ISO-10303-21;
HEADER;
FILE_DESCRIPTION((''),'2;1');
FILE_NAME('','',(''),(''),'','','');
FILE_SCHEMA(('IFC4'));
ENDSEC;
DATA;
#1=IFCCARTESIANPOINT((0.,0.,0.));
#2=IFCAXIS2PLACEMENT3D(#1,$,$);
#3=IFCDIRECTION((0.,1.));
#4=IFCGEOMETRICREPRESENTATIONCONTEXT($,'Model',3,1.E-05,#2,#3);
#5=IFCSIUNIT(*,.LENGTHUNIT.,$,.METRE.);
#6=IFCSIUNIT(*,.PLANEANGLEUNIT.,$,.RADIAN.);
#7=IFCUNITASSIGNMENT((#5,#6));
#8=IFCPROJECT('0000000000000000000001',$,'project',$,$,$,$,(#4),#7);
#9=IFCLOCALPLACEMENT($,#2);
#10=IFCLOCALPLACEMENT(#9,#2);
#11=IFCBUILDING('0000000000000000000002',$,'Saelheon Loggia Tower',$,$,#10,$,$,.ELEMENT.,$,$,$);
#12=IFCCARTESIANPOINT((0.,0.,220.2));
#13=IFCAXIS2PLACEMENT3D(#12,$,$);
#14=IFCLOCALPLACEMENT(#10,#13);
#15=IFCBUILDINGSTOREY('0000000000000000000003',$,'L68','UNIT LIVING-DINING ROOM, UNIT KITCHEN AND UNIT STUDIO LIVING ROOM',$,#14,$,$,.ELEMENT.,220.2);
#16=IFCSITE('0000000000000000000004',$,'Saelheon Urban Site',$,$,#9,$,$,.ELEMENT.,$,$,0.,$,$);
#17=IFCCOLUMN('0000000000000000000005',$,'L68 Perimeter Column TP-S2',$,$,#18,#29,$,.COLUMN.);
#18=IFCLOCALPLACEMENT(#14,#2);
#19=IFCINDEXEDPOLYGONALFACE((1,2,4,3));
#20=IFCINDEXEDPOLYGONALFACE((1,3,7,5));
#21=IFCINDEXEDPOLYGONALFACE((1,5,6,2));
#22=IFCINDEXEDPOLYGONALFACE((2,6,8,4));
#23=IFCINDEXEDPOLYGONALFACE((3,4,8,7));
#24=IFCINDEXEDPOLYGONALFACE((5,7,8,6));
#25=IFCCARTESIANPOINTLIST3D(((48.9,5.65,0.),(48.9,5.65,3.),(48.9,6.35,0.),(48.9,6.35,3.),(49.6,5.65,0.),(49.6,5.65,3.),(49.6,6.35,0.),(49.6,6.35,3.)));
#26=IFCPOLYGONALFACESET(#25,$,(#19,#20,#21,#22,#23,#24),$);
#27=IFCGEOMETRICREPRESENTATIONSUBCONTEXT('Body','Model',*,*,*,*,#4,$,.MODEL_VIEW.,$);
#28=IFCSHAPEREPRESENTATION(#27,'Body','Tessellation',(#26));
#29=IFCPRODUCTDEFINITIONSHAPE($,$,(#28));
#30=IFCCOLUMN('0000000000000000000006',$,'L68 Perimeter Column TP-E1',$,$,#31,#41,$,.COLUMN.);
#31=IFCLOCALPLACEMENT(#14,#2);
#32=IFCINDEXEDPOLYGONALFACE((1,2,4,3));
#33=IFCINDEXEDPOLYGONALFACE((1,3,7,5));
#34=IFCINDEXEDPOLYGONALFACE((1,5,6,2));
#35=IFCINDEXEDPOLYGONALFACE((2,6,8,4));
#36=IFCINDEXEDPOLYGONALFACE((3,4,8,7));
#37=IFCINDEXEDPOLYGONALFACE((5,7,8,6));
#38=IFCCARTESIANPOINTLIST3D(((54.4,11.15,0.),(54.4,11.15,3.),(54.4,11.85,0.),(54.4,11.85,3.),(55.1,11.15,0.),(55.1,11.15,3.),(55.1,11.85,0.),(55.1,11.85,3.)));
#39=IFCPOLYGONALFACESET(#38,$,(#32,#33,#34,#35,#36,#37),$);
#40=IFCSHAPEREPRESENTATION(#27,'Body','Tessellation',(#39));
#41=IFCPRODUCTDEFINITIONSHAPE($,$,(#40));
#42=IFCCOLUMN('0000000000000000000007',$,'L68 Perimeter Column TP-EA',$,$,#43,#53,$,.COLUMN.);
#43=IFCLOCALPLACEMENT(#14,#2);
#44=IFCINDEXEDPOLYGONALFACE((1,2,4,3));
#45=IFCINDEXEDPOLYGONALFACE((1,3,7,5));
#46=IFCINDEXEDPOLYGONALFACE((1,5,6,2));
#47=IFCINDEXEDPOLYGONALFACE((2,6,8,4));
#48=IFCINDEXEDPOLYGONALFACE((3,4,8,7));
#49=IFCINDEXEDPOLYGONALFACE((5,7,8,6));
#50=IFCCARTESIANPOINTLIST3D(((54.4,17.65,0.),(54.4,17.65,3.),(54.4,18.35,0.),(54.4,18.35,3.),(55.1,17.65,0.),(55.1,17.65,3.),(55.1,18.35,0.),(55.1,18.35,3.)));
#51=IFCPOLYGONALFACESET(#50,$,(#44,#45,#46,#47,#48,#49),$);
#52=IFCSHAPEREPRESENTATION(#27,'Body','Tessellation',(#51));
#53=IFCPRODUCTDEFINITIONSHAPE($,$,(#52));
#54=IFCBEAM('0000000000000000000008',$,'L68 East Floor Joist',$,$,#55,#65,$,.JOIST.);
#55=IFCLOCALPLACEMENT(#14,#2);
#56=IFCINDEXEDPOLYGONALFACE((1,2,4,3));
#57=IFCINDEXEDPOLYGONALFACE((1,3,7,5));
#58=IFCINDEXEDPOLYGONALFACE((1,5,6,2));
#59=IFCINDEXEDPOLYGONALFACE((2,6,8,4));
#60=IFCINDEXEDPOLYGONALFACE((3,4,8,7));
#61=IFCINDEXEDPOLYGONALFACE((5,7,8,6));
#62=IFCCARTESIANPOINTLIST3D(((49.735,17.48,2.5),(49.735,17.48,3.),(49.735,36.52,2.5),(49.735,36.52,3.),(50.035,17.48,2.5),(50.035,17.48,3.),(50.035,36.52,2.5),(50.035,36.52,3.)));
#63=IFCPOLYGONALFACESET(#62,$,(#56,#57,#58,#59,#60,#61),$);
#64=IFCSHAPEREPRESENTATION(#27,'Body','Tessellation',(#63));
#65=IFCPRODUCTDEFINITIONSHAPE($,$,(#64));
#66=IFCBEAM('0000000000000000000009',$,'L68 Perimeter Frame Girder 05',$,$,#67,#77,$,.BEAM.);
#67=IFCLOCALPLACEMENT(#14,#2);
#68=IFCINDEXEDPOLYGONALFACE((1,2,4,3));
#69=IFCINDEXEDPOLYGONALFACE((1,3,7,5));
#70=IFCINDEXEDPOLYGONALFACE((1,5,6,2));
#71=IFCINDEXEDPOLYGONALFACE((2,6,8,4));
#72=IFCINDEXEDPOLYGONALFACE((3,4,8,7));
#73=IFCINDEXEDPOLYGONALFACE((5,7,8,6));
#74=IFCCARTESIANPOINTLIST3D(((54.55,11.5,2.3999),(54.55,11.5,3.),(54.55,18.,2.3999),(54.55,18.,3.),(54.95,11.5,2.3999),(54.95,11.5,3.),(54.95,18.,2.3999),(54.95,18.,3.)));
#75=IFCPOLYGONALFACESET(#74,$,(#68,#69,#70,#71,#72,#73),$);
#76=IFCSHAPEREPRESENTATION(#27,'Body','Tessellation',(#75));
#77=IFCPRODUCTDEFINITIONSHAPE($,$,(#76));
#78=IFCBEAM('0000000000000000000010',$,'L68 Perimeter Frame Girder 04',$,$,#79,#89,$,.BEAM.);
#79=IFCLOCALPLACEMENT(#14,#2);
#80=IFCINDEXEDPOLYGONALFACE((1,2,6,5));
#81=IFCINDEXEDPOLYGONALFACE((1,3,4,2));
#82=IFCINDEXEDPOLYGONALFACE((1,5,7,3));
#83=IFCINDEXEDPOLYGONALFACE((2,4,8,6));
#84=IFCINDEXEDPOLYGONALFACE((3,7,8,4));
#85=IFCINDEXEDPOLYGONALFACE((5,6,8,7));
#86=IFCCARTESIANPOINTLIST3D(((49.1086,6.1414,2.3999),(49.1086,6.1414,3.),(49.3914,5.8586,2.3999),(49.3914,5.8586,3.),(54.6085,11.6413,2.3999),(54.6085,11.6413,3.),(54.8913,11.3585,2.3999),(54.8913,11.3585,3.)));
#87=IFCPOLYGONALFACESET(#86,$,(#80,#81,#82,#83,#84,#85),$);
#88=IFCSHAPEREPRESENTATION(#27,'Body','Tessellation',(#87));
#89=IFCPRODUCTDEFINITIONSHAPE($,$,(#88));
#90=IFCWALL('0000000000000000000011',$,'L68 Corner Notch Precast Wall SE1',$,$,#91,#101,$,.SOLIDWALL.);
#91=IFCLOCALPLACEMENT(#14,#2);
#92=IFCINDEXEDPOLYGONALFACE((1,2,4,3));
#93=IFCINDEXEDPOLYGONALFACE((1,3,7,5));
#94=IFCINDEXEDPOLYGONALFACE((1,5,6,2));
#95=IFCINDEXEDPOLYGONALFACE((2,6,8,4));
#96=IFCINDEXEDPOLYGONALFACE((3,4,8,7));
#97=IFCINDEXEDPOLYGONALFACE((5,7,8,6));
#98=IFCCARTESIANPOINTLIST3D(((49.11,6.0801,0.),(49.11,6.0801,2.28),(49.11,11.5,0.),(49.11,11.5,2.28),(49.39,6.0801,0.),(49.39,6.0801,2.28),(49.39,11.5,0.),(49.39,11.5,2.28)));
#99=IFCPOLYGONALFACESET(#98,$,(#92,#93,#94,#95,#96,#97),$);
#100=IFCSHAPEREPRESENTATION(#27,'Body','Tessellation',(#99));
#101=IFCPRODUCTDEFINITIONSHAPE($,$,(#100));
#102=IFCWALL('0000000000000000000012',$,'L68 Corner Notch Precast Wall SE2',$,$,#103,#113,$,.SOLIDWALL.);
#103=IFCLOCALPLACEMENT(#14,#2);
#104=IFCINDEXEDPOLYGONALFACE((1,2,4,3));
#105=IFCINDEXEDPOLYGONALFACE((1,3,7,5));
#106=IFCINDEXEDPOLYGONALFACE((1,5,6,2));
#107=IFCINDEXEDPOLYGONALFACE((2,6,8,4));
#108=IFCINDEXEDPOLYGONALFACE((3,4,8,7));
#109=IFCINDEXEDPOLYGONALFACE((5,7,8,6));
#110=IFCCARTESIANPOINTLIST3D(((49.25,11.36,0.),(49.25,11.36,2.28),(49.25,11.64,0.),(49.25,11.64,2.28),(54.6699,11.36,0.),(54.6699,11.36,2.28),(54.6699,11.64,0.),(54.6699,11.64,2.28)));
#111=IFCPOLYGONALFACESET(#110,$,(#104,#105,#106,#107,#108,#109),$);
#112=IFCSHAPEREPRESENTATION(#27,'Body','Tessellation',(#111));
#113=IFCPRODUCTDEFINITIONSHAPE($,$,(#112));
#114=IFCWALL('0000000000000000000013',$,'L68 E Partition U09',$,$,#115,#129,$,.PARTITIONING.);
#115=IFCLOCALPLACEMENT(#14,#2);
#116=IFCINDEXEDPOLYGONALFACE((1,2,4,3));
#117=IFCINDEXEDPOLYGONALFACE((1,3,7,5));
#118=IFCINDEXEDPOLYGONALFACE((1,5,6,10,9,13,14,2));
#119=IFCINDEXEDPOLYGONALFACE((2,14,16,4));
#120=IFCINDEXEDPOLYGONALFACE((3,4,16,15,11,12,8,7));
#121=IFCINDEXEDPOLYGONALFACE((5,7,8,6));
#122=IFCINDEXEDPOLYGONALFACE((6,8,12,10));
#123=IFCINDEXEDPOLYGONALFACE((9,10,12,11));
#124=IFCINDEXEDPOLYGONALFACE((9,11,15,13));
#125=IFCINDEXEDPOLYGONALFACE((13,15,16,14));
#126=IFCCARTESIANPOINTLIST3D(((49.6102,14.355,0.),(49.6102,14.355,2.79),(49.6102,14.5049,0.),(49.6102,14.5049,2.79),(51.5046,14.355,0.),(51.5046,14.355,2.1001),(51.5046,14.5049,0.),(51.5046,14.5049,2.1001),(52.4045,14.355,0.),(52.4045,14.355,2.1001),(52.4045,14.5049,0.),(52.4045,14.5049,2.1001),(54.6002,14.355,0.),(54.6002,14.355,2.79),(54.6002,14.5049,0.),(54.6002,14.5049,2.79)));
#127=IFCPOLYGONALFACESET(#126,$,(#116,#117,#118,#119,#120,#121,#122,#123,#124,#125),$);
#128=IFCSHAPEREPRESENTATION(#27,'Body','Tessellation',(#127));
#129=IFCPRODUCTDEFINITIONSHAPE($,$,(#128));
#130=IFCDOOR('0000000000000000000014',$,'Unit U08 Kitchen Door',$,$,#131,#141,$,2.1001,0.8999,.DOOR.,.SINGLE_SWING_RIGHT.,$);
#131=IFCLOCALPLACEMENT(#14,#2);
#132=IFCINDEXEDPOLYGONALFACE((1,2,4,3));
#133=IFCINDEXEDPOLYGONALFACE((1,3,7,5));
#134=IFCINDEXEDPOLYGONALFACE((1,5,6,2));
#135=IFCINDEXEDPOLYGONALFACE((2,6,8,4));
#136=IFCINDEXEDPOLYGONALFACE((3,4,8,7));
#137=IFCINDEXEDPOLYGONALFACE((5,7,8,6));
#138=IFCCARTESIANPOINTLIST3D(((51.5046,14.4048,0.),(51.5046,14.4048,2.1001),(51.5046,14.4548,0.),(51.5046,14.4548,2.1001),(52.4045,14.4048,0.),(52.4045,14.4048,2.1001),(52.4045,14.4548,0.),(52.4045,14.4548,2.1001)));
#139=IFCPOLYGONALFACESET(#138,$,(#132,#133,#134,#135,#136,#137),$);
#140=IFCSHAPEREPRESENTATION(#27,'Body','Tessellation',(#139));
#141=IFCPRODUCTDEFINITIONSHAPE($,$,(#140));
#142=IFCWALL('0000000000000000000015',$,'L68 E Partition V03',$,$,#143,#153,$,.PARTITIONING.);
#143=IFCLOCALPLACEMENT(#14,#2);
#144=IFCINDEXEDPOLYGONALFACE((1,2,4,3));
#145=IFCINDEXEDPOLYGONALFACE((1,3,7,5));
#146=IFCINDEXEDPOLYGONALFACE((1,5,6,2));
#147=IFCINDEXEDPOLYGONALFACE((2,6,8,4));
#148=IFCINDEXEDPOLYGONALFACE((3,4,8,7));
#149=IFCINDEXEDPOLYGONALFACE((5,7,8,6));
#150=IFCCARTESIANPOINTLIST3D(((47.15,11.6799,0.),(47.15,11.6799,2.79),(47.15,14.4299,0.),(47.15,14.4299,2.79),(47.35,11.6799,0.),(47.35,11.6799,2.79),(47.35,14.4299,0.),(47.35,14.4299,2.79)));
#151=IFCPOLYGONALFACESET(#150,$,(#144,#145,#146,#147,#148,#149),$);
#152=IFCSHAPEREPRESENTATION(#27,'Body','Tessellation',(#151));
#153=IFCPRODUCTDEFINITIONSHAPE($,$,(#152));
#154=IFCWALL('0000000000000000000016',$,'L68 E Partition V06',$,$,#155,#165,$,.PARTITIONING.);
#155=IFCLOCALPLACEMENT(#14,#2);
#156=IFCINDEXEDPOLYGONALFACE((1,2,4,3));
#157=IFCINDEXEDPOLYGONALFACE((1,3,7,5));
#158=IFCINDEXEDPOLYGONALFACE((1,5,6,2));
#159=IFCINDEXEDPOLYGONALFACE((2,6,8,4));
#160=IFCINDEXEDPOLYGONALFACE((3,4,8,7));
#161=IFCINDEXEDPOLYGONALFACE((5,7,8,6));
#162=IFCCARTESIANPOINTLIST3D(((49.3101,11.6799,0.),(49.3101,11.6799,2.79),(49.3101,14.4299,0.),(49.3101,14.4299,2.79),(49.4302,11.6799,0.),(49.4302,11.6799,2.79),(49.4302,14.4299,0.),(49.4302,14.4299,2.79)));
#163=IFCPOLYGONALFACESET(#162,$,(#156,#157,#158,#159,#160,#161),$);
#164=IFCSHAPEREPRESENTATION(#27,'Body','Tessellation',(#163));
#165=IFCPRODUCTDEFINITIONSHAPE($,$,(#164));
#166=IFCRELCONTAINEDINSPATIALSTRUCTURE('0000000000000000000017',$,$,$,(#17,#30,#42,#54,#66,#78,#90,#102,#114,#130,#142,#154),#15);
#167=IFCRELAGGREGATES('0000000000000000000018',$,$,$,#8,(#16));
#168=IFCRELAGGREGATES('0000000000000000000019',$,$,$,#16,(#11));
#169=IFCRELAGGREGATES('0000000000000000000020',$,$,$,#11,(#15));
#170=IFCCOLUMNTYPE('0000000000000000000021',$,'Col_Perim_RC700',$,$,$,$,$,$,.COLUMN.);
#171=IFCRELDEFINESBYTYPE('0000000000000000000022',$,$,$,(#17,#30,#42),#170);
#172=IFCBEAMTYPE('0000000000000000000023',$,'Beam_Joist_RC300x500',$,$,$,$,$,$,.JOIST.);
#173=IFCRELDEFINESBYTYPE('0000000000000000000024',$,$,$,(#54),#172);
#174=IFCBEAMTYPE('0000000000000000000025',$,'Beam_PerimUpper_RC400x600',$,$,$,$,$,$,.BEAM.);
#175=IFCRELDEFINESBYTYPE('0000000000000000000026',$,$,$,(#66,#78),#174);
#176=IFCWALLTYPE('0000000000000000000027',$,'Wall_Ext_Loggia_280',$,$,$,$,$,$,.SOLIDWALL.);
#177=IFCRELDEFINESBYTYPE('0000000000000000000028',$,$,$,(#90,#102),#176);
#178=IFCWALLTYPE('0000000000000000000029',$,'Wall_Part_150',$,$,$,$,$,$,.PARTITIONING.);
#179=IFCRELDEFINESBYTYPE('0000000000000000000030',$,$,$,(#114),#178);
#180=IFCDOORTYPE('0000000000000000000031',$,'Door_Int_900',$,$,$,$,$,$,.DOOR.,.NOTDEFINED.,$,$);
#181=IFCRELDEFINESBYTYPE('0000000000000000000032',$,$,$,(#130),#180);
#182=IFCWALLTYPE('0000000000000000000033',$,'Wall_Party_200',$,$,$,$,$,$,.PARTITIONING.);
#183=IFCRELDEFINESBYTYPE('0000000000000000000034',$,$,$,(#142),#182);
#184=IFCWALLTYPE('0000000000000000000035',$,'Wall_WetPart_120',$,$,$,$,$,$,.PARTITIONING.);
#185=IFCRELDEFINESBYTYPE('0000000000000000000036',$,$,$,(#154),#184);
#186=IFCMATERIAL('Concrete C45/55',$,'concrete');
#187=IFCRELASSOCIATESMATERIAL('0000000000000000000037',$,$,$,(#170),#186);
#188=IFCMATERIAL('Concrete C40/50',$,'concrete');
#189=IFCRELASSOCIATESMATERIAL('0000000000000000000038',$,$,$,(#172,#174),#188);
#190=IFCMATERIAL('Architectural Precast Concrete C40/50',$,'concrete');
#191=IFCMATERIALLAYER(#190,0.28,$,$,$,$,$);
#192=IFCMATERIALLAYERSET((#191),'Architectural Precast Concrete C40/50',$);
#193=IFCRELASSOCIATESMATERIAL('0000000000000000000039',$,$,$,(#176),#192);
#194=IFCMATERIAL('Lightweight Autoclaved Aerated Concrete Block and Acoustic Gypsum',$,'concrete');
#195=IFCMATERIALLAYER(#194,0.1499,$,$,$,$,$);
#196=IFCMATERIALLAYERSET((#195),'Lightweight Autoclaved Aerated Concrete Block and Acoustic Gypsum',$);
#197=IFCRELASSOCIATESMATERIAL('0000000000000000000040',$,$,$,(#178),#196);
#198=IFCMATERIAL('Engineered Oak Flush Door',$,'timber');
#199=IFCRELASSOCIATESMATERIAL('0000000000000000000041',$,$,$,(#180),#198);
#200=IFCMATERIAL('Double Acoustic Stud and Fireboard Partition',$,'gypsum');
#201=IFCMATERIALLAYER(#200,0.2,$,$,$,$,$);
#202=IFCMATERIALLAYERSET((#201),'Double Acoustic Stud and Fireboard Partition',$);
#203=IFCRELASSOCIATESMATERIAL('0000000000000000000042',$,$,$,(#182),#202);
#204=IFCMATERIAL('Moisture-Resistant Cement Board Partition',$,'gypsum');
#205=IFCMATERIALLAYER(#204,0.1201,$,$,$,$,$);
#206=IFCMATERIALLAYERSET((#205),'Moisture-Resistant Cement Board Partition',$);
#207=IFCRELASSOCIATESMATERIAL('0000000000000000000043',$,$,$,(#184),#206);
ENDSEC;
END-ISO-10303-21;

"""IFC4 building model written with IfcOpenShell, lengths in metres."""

from ifc_helpers import new_model, si_unit, direction, frame, frame_2d, origin, origin_2d, place, context, subcontext, project, spatial, rectangle, extrude, source, transform, mapped, material, layer, layer_set, material_profile, profile_set, type_object, element, fill, save


model = new_model("IFC4")

# Units and contexts
model_context = context("Model", 3, precision=1e-05, world=origin(), true_north=direction((0.0, 1.0)))
body_context = subcontext(model_context, "Body", "Model", "MODEL_VIEW")
ifc_project = project(units=[si_unit("LENGTHUNIT", "METRE"), si_unit("PLANEANGLEUNIT", "RADIAN")], contexts=[model_context])

# Site, building, storey
site_placement = place(None, origin())
site = spatial("IfcSite", under=ifc_project, at=site_placement, Name="Saelheon Urban Site", CompositionType="ELEMENT", RefElevation=0.0)
building_placement = place(site_placement, origin())
building = spatial("IfcBuilding", under=site, at=building_placement, Name="Saelheon Loggia Tower", CompositionType="ELEMENT")
storey_placement = place(building_placement, frame((0.0, 0.0, 220.2)))
storey = spatial("IfcBuildingStorey", under=building, at=storey_placement, Name="L68", Description="UNIT LIVING-DINING ROOM, UNIT KITCHEN AND UNIT STUDIO LIVING ROOM", CompositionType="ELEMENT", Elevation=220.2)

# Columns
ifc_material_1 = material(Name="Concrete C45/55", Category="concrete")
ifc_material_profile_1 = material_profile(ifc_material_1, rectangle(XDim=0.7, YDim=0.7, at=origin_2d()), Name="RC-700x700")
ifc_profile_set_1 = profile_set([ifc_material_profile_1], Name="Concrete C45/55")
column_type = type_object("IfcColumnType", Name="Col_Perim_RC700", PredefinedType="COLUMN", material=ifc_profile_set_1)
shared_shape_1 = source(origin(), body_context, "Body", "SweptSolid", [
    extrude(rectangle(XDim=0.7, YDim=0.7, at=origin_2d()), origin(), (0.0, 0.0, 1.0), 3.0),
])
for number, where, z_axis, x_axis, name in (
    (1, (49.25, 6.0, 0.0), (0.0, 0.0, 1.0), (1.0, 0.0, 0.0), "L68 Perimeter Column TP-S2"),
    (2, (54.75, 11.5, 0.0), (0.0, 0.0, 1.0), (1.0, 0.0, 0.0), "L68 Perimeter Column TP-E1"),
    (3, (54.75, 18.0, 0.0), (0.0, 0.0, 1.0), (1.0, 0.0, 0.0), "L68 Perimeter Column TP-EA"),
):
    element("IfcColumn", number, at=place(storey_placement, frame(where, z_axis=z_axis, x_axis=x_axis)), inside=storey, type_object=column_type, Name=name, PredefinedType="COLUMN", context=body_context, shape_type="MappedRepresentation", body=[
        mapped(shared_shape_1, transform((0.0, 0.0, 0.0), scale=1.0)),
    ])

# Beams
ifc_material_2 = material(Name="Concrete C40/50", Category="concrete")
ifc_material_profile_2 = material_profile(ifc_material_2, rectangle(XDim=0.3, YDim=0.5, at=origin_2d()), Name="RC-300x500")
ifc_profile_set_2 = profile_set([ifc_material_profile_2], Name="Concrete C40/50")
beam_type_1 = type_object("IfcBeamType", Name="Beam_Joist_RC300x500", PredefinedType="JOIST", material=ifc_profile_set_2)
shared_shape_2 = source(origin(), body_context, "Body", "SweptSolid", [
    extrude(rectangle(XDim=0.3, YDim=0.5, at=origin_2d()), origin(), (0.0, 0.0, 1.0), 19.04),
])
beam_1_placement = place(storey_placement, frame((49.885, 17.48, 2.75), z_axis=(0.0, 1.0, 0.0), x_axis=(-1.0, 0.0, 0.0)))
element("IfcBeam", 4, at=beam_1_placement, inside=storey, type_object=beam_type_1, Name="L68 East Floor Joist", PredefinedType="JOIST", context=body_context, shape_type="MappedRepresentation", body=[
    mapped(shared_shape_2, transform((0.0, 0.0, 0.0), scale=1.0)),
])
ifc_material_profile_3 = material_profile(ifc_material_2, rectangle(XDim=0.3999, YDim=0.6001, at=origin_2d()), Name="RC-400x600")
ifc_profile_set_3 = profile_set([ifc_material_profile_3], Name="Concrete C40/50")
beam_type_2 = type_object("IfcBeamType", Name="Beam_PerimUpper_RC400x600", PredefinedType="BEAM", material=ifc_profile_set_3)
shared_shape_3 = source(origin(), body_context, "Body", "SweptSolid", [
    extrude(rectangle(XDim=0.3999, YDim=0.6001, at=origin_2d()), origin(), (0.0, 0.0, 1.0), 6.5),
])
beam_2_placement = place(storey_placement, frame((54.75, 11.5, 2.7), z_axis=(0.0, 1.0, 0.0), x_axis=(-1.0, 0.0, 0.0)))
element("IfcBeam", 5, at=beam_2_placement, inside=storey, type_object=beam_type_2, Name="L68 Perimeter Frame Girder 05", PredefinedType="BEAM", context=body_context, shape_type="MappedRepresentation", body=[
    mapped(shared_shape_3, transform((0.0, 0.0, 0.0), scale=1.0)),
])
shared_shape_4 = source(origin(), body_context, "Body", "SweptSolid", [
    extrude(rectangle(XDim=0.3999, YDim=0.6001, at=origin_2d()), origin(), (0.0, 0.0, 1.0), 7.7781),
])
beam_3_placement = place(storey_placement, frame((49.25, 6.0, 2.7), z_axis=(0.707107, 0.707107, 0.0), x_axis=(-0.707107, 0.707107, 0.0)))
element("IfcBeam", 6, at=beam_3_placement, inside=storey, type_object=beam_type_2, Name="L68 Perimeter Frame Girder 04", PredefinedType="BEAM", context=body_context, shape_type="MappedRepresentation", body=[
    mapped(shared_shape_4, transform((0.0, 0.0, 0.0), scale=1.0)),
])

# Shared definitions
ifc_material_3 = material(Name="Architectural Precast Concrete C40/50", Category="concrete")
ifc_layer_1 = layer(ifc_material_3, 0.28)
ifc_layer_set_1 = layer_set([ifc_layer_1], Name="Architectural Precast Concrete C40/50")
wall_type_1 = type_object("IfcWallType", Name="Wall_Ext_Loggia_280", PredefinedType="SOLIDWALL", material=ifc_layer_set_1)

# Walls
for number, where, z_axis, x_axis, name in (
    (7, (49.25, 6.0801, 0.0), (0.0, 0.0, 1.0), (0.0, 1.0, 0.0), "L68 Corner Notch Precast Wall SE1"),
    (8, (49.25, 11.5, 0.0), (0.0, 0.0, 1.0), (1.0, 0.0, 0.0), "L68 Corner Notch Precast Wall SE2"),
):
    element("IfcWall", number, at=place(storey_placement, frame(where, z_axis=z_axis, x_axis=x_axis)), inside=storey, type_object=wall_type_1, Name=name, PredefinedType="SOLIDWALL", context=body_context, shape_type="SweptSolid", body=[
        extrude(rectangle(XDim=5.4199, YDim=0.28, at=frame_2d((2.71, 0.0))), origin(), (0.0, 0.0, 1.0), 2.28),
    ])

# Wall, opening, door
ifc_material_4 = material(Name="Lightweight Autoclaved Aerated Concrete Block and Acoustic Gypsum", Category="concrete")
ifc_layer_2 = layer(ifc_material_4, 0.1499)
ifc_layer_set_2 = layer_set([ifc_layer_2], Name="Lightweight Autoclaved Aerated Concrete Block and Acoustic Gypsum")
wall_type_2 = type_object("IfcWallType", Name="Wall_Part_150", PredefinedType="PARTITIONING", material=ifc_layer_set_2)
wall_1_placement = place(storey_placement, frame((49.6101, 14.4299, 0.0), z_axis=(0.0, 0.0, 1.0), x_axis=(1.0, 0.0, 0.0)))
wall_1 = element("IfcWall", 9, at=wall_1_placement, inside=storey, type_object=wall_type_2, Name="L68 E Partition U09", PredefinedType="PARTITIONING", context=body_context, shape_type="SweptSolid", body=[
    extrude(rectangle(XDim=4.99, YDim=0.1499, at=frame_2d((2.4951, 0.0))), origin(), (0.0, 0.0, 1.0), 2.79),
])
opening_1_placement = place(wall_1_placement, frame((1.8945, 0.0, 0.0)))
opening_1 = element("IfcOpeningElement", 10, at=opening_1_placement, cuts=wall_1, PredefinedType="OPENING", context=body_context, shape_type="SweptSolid", body=[
    extrude(rectangle(XDim=0.8999, YDim=2.1001, at=frame_2d((0.45, 1.05))), frame((0.0, 0.0869, 0.0), z_axis=(0.0, -1.0, 0.0), x_axis=(1.0, 0.0, 0.0)), (0.0, 0.0, 1.0), 0.1738),
])
ifc_material_5 = material(Name="Engineered Oak Flush Door", Category="timber")
door_type_1 = type_object("IfcDoorType", Name="Door_Int_900", OperationType="NOTDEFINED", PredefinedType="DOOR", material=ifc_material_5)
shared_shape_5 = source(origin(), body_context, "Body", "SweptSolid", [
    extrude(rectangle(XDim=0.8999, YDim=2.1001, at=frame_2d((0.45, 1.05))), frame((0.0, 0.0249, 0.0), z_axis=(0.0, -1.0, 0.0), x_axis=(1.0, 0.0, 0.0)), (0.0, 0.0, 1.0), 0.05),
])
door_1_placement = place(opening_1_placement, origin())
door_1 = element("IfcDoor", 11, at=door_1_placement, inside=storey, type_object=door_type_1, Name="Unit U08 Kitchen Door", OperationType="SINGLE_SWING_RIGHT", OverallHeight=2.1001, OverallWidth=0.8999, PredefinedType="DOOR", context=body_context, shape_type="MappedRepresentation", body=[
    mapped(shared_shape_5, transform((0.0, 0.0, 0.0), scale=1.0)),
])
fill(opening_1, door_1)

# Wall
ifc_material_6 = material(Name="Double Acoustic Stud and Fireboard Partition", Category="gypsum")
ifc_layer_3 = layer(ifc_material_6, 0.2)
ifc_layer_set_3 = layer_set([ifc_layer_3], Name="Double Acoustic Stud and Fireboard Partition")
wall_type_3 = type_object("IfcWallType", Name="Wall_Party_200", PredefinedType="PARTITIONING", material=ifc_layer_set_3)
wall_2_placement = place(storey_placement, frame((47.25, 11.6799, 0.0), z_axis=(0.0, 0.0, 1.0), x_axis=(0.0, 1.0, 0.0)))
element("IfcWall", 12, at=wall_2_placement, inside=storey, type_object=wall_type_3, Name="L68 E Partition V03", PredefinedType="PARTITIONING", context=body_context, shape_type="SweptSolid", body=[
    extrude(rectangle(XDim=2.75, YDim=0.2, at=frame_2d((1.375, 0.0))), origin(), (0.0, 0.0, 1.0), 2.79),
])

# Wall
ifc_material_7 = material(Name="Moisture-Resistant Cement Board Partition", Category="gypsum")
ifc_layer_4 = layer(ifc_material_7, 0.1201)
ifc_layer_set_4 = layer_set([ifc_layer_4], Name="Moisture-Resistant Cement Board Partition")
wall_type_4 = type_object("IfcWallType", Name="Wall_WetPart_120", PredefinedType="PARTITIONING", material=ifc_layer_set_4)
wall_3_placement = place(storey_placement, frame((49.3701, 11.6799, 0.0), z_axis=(0.0, 0.0, 1.0), x_axis=(0.0, 1.0, 0.0)))
element("IfcWall", 13, at=wall_3_placement, inside=storey, type_object=wall_type_4, Name="L68 E Partition V06", PredefinedType="PARTITIONING", context=body_context, shape_type="SweptSolid", body=[
    extrude(rectangle(XDim=2.75, YDim=0.1201, at=frame_2d((1.375, 0.0))), origin(), (0.0, 0.0, 1.0), 2.79),
])

save(model, "model.ifc")
